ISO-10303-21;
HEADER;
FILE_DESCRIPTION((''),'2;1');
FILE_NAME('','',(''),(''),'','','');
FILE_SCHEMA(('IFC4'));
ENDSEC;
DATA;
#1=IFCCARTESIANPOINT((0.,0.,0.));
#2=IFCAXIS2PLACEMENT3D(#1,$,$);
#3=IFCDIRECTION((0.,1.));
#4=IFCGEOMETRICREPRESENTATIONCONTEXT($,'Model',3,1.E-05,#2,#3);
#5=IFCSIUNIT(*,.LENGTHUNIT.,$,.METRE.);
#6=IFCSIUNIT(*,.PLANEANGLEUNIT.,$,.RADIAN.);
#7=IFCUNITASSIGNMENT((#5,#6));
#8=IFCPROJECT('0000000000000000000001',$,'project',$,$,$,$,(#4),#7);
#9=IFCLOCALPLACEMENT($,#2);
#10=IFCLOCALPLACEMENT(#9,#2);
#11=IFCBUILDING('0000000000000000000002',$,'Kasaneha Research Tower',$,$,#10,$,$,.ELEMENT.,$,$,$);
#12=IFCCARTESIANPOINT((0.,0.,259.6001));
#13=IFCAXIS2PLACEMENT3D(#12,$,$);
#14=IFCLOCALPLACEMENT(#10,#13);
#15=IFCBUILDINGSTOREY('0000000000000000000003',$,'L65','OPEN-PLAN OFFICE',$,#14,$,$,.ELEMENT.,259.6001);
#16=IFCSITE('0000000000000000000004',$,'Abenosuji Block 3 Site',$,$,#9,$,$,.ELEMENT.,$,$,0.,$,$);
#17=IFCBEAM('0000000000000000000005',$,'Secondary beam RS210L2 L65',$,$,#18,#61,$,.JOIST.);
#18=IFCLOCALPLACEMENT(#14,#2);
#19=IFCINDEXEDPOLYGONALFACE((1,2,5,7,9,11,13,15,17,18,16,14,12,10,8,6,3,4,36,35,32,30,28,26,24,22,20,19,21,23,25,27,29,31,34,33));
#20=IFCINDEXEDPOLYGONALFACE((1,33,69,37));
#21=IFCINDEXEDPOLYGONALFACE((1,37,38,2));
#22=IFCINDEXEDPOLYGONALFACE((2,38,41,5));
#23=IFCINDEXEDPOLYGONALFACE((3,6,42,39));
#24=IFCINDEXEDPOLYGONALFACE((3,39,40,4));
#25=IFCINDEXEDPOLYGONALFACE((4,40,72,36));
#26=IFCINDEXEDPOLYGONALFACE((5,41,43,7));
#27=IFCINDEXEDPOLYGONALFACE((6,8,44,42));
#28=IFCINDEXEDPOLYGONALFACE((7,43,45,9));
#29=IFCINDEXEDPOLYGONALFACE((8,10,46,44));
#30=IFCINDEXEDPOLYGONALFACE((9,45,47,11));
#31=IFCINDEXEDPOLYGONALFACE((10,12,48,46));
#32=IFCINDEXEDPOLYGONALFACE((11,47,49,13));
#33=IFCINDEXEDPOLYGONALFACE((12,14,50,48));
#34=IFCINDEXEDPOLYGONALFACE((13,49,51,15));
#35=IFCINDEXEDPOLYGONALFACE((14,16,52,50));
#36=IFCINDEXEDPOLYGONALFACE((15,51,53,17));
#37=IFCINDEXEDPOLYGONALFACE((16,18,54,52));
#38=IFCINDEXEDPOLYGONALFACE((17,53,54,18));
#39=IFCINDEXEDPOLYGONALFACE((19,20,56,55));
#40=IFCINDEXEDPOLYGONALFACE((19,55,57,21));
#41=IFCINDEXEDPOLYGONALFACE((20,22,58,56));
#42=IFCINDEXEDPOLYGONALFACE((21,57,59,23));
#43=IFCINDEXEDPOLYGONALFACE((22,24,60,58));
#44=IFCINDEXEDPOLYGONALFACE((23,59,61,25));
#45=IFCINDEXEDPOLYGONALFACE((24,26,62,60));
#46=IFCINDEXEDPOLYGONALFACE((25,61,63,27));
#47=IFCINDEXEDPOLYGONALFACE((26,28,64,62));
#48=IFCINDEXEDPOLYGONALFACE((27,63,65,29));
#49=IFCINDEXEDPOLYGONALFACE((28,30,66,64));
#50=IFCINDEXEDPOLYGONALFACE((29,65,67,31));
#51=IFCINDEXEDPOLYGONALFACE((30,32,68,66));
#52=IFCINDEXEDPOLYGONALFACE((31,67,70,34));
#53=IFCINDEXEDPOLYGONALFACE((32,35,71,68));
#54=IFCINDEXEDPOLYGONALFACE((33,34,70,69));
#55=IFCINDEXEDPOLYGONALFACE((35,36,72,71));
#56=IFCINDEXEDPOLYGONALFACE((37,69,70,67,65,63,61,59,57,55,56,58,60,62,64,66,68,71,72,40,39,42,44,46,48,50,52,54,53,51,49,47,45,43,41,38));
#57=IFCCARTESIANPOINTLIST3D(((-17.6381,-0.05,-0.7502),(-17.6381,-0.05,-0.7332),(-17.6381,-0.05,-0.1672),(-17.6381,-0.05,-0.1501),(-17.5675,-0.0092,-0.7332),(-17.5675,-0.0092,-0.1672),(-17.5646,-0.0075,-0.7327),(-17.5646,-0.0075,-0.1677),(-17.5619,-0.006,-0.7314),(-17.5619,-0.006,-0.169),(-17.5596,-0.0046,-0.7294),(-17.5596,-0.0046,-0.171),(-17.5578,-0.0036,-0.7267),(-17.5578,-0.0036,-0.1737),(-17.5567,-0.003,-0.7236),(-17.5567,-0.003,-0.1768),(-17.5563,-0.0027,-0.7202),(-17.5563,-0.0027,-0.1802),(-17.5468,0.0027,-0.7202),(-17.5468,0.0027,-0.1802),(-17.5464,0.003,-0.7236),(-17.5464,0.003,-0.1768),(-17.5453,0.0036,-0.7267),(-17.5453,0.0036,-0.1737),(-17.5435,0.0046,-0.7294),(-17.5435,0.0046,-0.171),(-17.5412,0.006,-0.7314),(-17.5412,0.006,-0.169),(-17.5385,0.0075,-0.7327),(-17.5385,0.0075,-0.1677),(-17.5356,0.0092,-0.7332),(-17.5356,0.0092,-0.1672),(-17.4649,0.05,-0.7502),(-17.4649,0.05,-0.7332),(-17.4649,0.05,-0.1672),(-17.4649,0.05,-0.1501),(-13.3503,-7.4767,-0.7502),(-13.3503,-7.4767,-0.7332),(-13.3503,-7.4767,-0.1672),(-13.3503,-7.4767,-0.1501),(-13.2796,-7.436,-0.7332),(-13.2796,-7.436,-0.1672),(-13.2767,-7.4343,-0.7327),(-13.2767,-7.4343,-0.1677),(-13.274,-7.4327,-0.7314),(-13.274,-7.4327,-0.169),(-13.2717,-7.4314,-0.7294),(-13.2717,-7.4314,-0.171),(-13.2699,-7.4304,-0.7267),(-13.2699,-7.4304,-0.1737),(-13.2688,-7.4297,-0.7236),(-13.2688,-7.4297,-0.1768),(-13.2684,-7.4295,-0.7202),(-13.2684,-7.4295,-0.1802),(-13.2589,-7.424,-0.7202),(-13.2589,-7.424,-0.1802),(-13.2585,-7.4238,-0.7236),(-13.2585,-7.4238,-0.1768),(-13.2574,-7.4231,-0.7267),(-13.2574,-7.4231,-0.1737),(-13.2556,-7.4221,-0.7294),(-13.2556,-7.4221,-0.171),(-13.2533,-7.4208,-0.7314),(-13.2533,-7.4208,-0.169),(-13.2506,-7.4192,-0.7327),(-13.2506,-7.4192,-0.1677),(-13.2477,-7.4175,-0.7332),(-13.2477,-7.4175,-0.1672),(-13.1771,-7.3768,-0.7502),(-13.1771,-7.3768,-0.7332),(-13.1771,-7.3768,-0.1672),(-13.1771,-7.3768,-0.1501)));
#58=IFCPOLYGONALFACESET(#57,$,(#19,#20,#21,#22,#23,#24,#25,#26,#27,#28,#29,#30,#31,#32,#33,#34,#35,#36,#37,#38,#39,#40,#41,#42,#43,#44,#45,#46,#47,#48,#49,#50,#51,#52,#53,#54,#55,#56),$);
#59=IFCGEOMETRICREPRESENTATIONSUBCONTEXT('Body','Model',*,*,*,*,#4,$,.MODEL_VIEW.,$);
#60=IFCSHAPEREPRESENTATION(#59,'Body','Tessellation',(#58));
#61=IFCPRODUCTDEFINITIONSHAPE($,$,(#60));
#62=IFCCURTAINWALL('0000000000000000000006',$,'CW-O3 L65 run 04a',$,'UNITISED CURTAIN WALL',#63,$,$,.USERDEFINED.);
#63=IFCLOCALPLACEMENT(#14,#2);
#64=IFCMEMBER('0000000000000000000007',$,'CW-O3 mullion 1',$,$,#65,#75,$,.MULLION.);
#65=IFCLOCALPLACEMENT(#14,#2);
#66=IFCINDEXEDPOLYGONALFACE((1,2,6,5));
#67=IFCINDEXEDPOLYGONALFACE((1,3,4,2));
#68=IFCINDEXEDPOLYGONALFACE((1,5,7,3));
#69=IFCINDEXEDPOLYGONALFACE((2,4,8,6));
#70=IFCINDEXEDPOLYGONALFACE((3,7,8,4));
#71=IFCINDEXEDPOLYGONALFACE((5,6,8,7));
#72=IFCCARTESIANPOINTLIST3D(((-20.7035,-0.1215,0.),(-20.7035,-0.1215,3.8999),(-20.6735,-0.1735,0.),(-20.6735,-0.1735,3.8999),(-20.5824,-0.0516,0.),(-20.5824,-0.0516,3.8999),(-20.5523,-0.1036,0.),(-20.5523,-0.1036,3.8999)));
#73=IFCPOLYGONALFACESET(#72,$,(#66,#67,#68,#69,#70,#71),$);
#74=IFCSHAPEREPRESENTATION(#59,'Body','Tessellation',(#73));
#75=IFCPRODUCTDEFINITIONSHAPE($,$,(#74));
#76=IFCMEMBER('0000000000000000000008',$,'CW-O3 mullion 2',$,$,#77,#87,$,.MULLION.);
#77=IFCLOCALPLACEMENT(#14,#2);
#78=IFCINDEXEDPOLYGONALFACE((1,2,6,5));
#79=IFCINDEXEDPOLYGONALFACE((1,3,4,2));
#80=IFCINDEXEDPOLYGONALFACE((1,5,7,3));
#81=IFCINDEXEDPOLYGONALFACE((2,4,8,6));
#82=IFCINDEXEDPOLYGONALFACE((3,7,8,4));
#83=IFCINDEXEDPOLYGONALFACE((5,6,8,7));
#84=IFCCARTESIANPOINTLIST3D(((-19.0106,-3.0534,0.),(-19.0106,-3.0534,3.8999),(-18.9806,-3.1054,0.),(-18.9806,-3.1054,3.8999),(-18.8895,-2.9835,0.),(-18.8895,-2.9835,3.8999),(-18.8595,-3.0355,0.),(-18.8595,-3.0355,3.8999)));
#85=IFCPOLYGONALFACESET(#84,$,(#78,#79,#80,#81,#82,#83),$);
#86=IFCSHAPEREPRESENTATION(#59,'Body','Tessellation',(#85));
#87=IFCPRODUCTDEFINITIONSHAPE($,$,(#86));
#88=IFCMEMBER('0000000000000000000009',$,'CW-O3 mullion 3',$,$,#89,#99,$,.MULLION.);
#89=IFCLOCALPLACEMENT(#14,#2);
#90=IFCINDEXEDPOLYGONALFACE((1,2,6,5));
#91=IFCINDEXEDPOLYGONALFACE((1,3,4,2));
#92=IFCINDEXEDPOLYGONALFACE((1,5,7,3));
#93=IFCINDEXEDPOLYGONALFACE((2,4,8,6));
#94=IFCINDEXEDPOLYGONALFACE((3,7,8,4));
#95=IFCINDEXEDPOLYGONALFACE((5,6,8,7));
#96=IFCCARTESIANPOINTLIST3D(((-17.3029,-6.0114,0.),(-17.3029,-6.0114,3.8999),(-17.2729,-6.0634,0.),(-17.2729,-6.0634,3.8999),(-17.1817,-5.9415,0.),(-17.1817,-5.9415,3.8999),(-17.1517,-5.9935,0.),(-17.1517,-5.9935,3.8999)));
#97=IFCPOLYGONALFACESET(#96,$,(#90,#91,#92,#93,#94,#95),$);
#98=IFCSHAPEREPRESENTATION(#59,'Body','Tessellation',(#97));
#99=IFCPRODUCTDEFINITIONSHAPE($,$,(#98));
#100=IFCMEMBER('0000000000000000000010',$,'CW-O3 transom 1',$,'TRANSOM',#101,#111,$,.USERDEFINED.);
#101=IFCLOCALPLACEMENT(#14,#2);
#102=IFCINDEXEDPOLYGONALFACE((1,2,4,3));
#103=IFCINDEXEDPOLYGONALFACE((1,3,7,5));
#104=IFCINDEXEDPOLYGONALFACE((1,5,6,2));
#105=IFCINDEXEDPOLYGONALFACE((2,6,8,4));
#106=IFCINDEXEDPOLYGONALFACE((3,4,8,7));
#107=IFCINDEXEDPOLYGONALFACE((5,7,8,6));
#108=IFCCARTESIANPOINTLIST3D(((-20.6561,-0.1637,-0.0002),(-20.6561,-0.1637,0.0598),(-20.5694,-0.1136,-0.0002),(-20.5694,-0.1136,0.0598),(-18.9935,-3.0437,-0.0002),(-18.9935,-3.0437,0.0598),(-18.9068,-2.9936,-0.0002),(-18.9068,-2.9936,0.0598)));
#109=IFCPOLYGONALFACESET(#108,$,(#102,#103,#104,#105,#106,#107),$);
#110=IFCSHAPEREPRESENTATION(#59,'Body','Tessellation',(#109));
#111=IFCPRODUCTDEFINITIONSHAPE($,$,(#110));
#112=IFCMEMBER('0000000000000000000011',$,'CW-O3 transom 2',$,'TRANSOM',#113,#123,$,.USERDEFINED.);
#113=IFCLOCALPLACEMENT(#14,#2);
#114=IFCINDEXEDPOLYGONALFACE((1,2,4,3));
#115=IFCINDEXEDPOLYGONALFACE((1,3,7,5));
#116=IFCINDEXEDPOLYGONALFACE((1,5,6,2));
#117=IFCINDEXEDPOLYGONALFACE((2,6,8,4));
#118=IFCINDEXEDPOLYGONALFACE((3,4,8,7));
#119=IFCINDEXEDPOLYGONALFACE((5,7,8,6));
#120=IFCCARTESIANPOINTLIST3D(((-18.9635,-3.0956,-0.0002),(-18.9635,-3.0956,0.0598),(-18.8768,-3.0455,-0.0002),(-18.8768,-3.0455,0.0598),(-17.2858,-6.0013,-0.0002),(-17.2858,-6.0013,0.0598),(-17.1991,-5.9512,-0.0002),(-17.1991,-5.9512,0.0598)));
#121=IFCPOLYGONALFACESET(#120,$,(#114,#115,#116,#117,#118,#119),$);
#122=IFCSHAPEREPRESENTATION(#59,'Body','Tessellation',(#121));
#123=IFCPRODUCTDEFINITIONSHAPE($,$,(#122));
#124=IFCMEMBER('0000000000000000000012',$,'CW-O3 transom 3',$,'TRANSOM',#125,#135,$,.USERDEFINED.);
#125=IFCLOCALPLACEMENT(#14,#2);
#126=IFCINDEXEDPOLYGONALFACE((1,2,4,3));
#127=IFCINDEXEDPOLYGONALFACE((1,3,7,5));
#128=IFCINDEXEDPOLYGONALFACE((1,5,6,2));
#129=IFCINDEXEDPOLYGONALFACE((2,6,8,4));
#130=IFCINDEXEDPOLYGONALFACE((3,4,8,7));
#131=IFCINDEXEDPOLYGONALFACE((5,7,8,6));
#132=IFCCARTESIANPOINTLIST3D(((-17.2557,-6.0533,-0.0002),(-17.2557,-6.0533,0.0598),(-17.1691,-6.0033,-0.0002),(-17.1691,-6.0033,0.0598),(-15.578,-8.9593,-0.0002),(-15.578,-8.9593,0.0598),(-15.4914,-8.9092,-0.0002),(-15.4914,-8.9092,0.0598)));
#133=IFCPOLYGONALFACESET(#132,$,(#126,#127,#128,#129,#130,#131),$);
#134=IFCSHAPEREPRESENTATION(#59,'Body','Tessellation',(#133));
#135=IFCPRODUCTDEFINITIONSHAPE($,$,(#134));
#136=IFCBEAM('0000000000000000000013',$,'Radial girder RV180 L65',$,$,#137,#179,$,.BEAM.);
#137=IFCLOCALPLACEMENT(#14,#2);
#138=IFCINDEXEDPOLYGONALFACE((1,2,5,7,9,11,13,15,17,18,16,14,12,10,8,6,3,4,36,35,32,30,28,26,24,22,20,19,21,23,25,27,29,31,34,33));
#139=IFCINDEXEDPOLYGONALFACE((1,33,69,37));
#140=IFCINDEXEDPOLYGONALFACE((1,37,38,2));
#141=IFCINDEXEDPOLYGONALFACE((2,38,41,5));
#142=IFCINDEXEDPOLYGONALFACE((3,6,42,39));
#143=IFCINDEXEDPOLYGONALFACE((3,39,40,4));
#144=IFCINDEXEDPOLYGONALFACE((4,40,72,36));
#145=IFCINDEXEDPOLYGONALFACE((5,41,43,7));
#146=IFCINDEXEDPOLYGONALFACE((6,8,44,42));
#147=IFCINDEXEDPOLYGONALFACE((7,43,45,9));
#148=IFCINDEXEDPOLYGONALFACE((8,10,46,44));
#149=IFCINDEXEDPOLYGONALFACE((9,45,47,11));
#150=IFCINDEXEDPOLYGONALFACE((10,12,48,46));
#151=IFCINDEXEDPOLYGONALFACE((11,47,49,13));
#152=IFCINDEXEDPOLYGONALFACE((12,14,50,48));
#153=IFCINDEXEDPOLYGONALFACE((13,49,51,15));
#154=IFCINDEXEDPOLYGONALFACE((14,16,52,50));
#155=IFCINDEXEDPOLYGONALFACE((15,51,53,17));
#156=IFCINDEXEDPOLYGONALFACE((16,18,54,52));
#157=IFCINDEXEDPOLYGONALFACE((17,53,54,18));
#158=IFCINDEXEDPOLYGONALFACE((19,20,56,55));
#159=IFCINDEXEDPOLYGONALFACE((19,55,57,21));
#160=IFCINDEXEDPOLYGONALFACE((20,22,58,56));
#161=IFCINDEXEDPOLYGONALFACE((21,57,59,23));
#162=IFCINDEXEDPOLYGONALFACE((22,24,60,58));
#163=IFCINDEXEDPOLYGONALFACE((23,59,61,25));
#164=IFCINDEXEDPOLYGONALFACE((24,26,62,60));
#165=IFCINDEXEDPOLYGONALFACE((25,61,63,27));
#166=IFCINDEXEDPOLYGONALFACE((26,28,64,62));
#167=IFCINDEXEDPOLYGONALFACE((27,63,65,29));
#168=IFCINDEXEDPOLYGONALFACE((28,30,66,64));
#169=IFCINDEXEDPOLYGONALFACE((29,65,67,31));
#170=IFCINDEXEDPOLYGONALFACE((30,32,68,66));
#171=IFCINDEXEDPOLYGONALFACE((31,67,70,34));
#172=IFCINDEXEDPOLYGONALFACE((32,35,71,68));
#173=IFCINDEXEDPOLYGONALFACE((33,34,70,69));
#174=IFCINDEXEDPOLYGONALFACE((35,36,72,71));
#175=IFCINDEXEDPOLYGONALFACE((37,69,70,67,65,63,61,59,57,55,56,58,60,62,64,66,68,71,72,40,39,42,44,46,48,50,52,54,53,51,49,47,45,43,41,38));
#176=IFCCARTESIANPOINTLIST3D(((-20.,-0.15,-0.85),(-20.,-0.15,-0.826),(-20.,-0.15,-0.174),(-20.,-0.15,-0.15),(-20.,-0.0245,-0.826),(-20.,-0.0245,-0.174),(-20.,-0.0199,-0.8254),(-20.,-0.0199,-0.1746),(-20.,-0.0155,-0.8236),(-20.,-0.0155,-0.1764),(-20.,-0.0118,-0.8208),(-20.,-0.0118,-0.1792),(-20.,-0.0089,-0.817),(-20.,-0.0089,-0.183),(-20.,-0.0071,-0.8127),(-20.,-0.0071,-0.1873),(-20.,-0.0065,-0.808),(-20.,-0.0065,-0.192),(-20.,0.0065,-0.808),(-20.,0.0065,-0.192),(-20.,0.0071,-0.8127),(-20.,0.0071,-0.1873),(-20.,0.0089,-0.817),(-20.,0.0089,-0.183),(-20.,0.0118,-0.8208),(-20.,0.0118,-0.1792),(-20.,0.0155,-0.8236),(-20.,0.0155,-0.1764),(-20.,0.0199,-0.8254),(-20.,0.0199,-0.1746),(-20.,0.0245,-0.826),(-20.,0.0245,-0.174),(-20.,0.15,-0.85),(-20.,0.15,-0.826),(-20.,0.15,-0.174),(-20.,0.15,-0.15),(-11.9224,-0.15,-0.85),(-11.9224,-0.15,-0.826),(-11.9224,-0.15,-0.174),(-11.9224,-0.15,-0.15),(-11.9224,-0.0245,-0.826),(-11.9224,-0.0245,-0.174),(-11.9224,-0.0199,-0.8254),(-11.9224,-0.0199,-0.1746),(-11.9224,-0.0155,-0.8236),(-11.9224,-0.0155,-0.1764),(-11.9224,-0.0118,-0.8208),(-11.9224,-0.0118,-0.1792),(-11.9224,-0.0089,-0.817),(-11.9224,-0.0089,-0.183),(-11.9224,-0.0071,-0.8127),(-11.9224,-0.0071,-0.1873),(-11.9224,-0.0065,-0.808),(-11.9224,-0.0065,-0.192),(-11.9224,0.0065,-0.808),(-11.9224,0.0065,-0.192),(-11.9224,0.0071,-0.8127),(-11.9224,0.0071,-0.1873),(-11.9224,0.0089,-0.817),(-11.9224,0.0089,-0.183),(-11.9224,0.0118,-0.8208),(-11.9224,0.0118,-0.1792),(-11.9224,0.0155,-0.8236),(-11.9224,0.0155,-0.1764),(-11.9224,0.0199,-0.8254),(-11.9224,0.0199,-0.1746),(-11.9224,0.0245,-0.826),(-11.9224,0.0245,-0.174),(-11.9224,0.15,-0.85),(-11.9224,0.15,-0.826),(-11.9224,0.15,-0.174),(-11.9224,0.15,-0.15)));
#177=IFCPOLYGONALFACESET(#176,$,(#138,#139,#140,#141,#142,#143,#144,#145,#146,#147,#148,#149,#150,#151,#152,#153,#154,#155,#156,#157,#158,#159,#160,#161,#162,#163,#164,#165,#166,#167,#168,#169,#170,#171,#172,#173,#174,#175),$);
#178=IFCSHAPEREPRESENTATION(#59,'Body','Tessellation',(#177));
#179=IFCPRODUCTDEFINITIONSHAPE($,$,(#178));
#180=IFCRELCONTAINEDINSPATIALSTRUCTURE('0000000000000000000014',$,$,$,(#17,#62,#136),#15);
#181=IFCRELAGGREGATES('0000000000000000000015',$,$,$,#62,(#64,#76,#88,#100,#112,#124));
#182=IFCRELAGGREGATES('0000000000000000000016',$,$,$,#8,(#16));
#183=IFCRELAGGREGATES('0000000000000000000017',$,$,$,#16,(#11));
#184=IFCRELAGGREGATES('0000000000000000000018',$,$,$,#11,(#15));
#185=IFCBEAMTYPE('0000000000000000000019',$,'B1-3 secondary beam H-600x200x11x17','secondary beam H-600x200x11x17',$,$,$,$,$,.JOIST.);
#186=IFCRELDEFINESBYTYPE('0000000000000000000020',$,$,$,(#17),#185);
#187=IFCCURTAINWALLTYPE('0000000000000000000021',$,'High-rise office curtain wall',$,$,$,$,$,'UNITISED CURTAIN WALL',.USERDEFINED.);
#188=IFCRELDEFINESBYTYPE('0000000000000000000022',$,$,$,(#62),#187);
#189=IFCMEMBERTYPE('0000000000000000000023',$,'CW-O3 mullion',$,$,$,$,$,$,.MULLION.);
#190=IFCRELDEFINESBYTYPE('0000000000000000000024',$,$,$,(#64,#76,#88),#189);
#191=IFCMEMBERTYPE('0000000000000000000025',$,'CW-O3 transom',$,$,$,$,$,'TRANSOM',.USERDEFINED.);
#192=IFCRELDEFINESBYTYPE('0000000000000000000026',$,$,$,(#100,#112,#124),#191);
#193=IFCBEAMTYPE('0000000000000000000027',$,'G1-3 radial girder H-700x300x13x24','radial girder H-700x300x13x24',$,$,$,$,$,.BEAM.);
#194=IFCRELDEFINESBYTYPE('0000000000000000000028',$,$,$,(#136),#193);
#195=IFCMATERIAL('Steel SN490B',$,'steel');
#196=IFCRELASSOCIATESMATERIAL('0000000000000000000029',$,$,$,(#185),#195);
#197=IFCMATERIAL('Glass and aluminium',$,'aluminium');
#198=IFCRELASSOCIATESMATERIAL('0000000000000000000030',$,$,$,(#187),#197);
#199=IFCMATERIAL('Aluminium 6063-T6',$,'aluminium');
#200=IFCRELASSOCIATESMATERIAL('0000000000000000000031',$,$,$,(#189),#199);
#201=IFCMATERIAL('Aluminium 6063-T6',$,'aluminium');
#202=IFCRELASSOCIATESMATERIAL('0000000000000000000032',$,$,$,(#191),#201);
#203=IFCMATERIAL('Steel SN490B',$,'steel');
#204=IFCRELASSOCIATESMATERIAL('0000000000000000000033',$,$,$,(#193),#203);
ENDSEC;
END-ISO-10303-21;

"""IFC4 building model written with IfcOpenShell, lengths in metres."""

from ifc_helpers import new_model, si_unit, direction, frame, origin, origin_2d, place, context, subcontext, project, spatial, rectangle, i_section, extrude, material, material_profile, profile_set, type_object, element, aggregate, save


model = new_model("IFC4")

# Units and contexts
model_context = context("Model", 3, precision=1e-05, world=origin(), true_north=direction((0.0, 1.0)))
body_context = subcontext(model_context, "Body", "Model", "MODEL_VIEW")
ifc_project = project(units=[si_unit("LENGTHUNIT", "METRE"), si_unit("PLANEANGLEUNIT", "RADIAN")], contexts=[model_context])

# Site, building, storey
site_placement = place(None, origin())
site = spatial("IfcSite", under=ifc_project, at=site_placement, Name="Abenosuji Block 3 Site", CompositionType="ELEMENT", RefElevation=0.0)
building_placement = place(site_placement, origin())
building = spatial("IfcBuilding", under=site, at=building_placement, Name="Kasaneha Research Tower", CompositionType="ELEMENT")
storey_placement = place(building_placement, frame((0.0, 0.0, 259.6001)))
storey = spatial("IfcBuildingStorey", under=building, at=storey_placement, Name="L65", Description="OPEN-PLAN OFFICE", CompositionType="ELEMENT", Elevation=259.6001)

# Beam
ifc_material_1 = material(Name="Steel SN490B", Category="steel")
ifc_material_profile_1 = material_profile(ifc_material_1, i_section(OverallWidth=0.2, OverallDepth=0.6001, WebThickness=0.011, FlangeThickness=0.0171, FilletRadius=0.0129, at=origin_2d()), Name="H-600x200x11x17")
ifc_profile_set_1 = profile_set([ifc_material_profile_1], Name="Steel SN490B")
beam_type_1 = type_object("IfcBeamType", Name="B1-3 secondary beam H-600x200x11x17", Description="secondary beam H-600x200x11x17", PredefinedType="JOIST", material=ifc_profile_set_1)
beam_1_placement = place(storey_placement, frame((-17.5515, 0.0, -0.4502), z_axis=(0.5, -0.866025, 0.0), x_axis=(0.866025, 0.5, 0.0)))
element("IfcBeam", 1, at=beam_1_placement, inside=storey, type_object=beam_type_1, Name="Secondary beam RS210L2 L65", PredefinedType="JOIST", context=body_context, shape_type="SweptSolid", body=[
    extrude(i_section(OverallWidth=0.2, OverallDepth=0.6001, WebThickness=0.011, FlangeThickness=0.0171, FilletRadius=0.0129, at=origin_2d()), origin(), (0.0, 0.0, 1.0), 8.5757),
])

# Curtain wall, members
ifc_material_2 = material(Name="Glass and aluminium", Category="aluminium")
curtain_wall_type = type_object("IfcCurtainWallType", Name="High-rise office curtain wall", ElementType="UNITISED CURTAIN WALL", PredefinedType="USERDEFINED", material=ifc_material_2)
curtain_wall_placement = place(storey_placement, origin())
curtain_wall = element("IfcCurtainWall", 2, at=curtain_wall_placement, inside=storey, type_object=curtain_wall_type, Name="CW-O3 L65 run 04a", ObjectType="UNITISED CURTAIN WALL", PredefinedType="USERDEFINED")
ifc_material_3 = material(Name="Aluminium 6063-T6", Category="aluminium")
ifc_material_profile_2 = material_profile(ifc_material_3, rectangle(XDim=0.0601, YDim=0.1399, at=origin_2d()), Name="CW-O3 mullion 60x140")
ifc_profile_set_2 = profile_set([ifc_material_profile_2], Name="Aluminium 6063-T6")
member_type_1 = type_object("IfcMemberType", Name="CW-O3 mullion", PredefinedType="MULLION", material=ifc_profile_set_2)
member_1_placement = place(storey_placement, frame((-20.6279, -0.1125, 0.0), z_axis=(0.0, 0.0, 1.0), x_axis=(0.5, -0.866025, 0.0)))
member_1 = element("IfcMember", 3, at=member_1_placement, type_object=member_type_1, Name="CW-O3 mullion 1", PredefinedType="MULLION", context=body_context, shape_type="SweptSolid", body=[
    extrude(rectangle(XDim=0.0601, YDim=0.1399, at=origin_2d()), origin(), (0.0, 0.0, 1.0), 3.8999),
])
member_2_placement = place(storey_placement, frame((-18.9351, -3.0444, 0.0), z_axis=(0.0, 0.0, 1.0), x_axis=(0.5, -0.866025, 0.0)))
member_2 = element("IfcMember", 4, at=member_2_placement, type_object=member_type_1, Name="CW-O3 mullion 2", PredefinedType="MULLION", context=body_context, shape_type="SweptSolid", body=[
    extrude(rectangle(XDim=0.0601, YDim=0.1399, at=origin_2d()), origin(), (0.0, 0.0, 1.0), 3.8999),
])
member_3_placement = place(storey_placement, frame((-17.2273, -6.0024, 0.0), z_axis=(0.0, 0.0, 1.0), x_axis=(0.5, -0.866025, 0.0)))
member_3 = element("IfcMember", 5, at=member_3_placement, type_object=member_type_1, Name="CW-O3 mullion 3", PredefinedType="MULLION", context=body_context, shape_type="SweptSolid", body=[
    extrude(rectangle(XDim=0.0601, YDim=0.1399, at=origin_2d()), origin(), (0.0, 0.0, 1.0), 3.8999),
])
ifc_material_4 = material(Name="Aluminium 6063-T6", Category="aluminium")
ifc_material_profile_3 = material_profile(ifc_material_4, rectangle(XDim=0.1001, YDim=0.0601, at=origin_2d()), Name="CW-O3 transom 100x60")
ifc_profile_set_3 = profile_set([ifc_material_profile_3], Name="Aluminium 6063-T6")
member_type_2 = type_object("IfcMemberType", Name="CW-O3 transom", ElementType="TRANSOM", PredefinedType="USERDEFINED", material=ifc_profile_set_3)
member_4_placement = place(storey_placement, frame((-20.6128, -0.1387, 0.0298), z_axis=(0.499977, -0.866039, 0.0), x_axis=(0.866039, 0.499977, 0.0)))
member_4 = element("IfcMember", 6, at=member_4_placement, type_object=member_type_2, Name="CW-O3 transom 1", ObjectType="TRANSOM", PredefinedType="USERDEFINED", context=body_context, shape_type="SweptSolid", body=[
    extrude(rectangle(XDim=0.1001, YDim=0.0601, at=origin_2d()), origin(), (0.0, 0.0, 1.0), 3.3254),
])
member_5_placement = place(storey_placement, frame((-18.9202, -3.0706, 0.0298), z_axis=(0.500021, -0.866014, 0.0), x_axis=(0.866014, 0.500021, 0.0)))
member_5 = element("IfcMember", 7, at=member_5_placement, type_object=member_type_2, Name="CW-O3 transom 2", ObjectType="TRANSOM", PredefinedType="USERDEFINED", context=body_context, shape_type="SweptSolid", body=[
    extrude(rectangle(XDim=0.1001, YDim=0.0601, at=origin_2d()), origin(), (0.0, 0.0, 1.0), 3.3552),
])
member_6_placement = place(storey_placement, frame((-17.2124, -6.0283, 0.0298), z_axis=(0.499989, -0.866032, 0.0), x_axis=(0.866032, 0.499989, 0.0)))
member_6 = element("IfcMember", 8, at=member_6_placement, type_object=member_type_2, Name="CW-O3 transom 3", ObjectType="TRANSOM", PredefinedType="USERDEFINED", context=body_context, shape_type="SweptSolid", body=[
    extrude(rectangle(XDim=0.1001, YDim=0.0601, at=origin_2d()), origin(), (0.0, 0.0, 1.0), 3.3555),
])

# Beam
ifc_material_5 = material(Name="Steel SN490B", Category="steel")
ifc_material_profile_4 = material_profile(ifc_material_5, i_section(OverallWidth=0.3, OverallDepth=0.7, WebThickness=0.0129, FlangeThickness=0.0239, FilletRadius=0.0181, at=origin_2d()), Name="H-700x300x13x24")
ifc_profile_set_4 = profile_set([ifc_material_profile_4], Name="Steel SN490B")
beam_type_2 = type_object("IfcBeamType", Name="G1-3 radial girder H-700x300x13x24", Description="radial girder H-700x300x13x24", PredefinedType="BEAM", material=ifc_profile_set_4)
beam_2_placement = place(storey_placement, frame((-11.9224, 0.0, -0.5), z_axis=(-1.0, 0.0, 0.0), x_axis=(0.0, -1.0, 0.0)))
element("IfcBeam", 9, at=beam_2_placement, inside=storey, type_object=beam_type_2, Name="Radial girder RV180 L65", PredefinedType="BEAM", context=body_context, shape_type="SweptSolid", body=[
    extrude(i_section(OverallWidth=0.3, OverallDepth=0.7, WebThickness=0.0129, FlangeThickness=0.0239, FilletRadius=0.0181, at=origin_2d()), origin(), (0.0, 0.0, 1.0), 8.0776),
])

aggregate(curtain_wall, [member_1, member_2, member_3, member_4, member_5, member_6])

save(model, "model.ifc")
